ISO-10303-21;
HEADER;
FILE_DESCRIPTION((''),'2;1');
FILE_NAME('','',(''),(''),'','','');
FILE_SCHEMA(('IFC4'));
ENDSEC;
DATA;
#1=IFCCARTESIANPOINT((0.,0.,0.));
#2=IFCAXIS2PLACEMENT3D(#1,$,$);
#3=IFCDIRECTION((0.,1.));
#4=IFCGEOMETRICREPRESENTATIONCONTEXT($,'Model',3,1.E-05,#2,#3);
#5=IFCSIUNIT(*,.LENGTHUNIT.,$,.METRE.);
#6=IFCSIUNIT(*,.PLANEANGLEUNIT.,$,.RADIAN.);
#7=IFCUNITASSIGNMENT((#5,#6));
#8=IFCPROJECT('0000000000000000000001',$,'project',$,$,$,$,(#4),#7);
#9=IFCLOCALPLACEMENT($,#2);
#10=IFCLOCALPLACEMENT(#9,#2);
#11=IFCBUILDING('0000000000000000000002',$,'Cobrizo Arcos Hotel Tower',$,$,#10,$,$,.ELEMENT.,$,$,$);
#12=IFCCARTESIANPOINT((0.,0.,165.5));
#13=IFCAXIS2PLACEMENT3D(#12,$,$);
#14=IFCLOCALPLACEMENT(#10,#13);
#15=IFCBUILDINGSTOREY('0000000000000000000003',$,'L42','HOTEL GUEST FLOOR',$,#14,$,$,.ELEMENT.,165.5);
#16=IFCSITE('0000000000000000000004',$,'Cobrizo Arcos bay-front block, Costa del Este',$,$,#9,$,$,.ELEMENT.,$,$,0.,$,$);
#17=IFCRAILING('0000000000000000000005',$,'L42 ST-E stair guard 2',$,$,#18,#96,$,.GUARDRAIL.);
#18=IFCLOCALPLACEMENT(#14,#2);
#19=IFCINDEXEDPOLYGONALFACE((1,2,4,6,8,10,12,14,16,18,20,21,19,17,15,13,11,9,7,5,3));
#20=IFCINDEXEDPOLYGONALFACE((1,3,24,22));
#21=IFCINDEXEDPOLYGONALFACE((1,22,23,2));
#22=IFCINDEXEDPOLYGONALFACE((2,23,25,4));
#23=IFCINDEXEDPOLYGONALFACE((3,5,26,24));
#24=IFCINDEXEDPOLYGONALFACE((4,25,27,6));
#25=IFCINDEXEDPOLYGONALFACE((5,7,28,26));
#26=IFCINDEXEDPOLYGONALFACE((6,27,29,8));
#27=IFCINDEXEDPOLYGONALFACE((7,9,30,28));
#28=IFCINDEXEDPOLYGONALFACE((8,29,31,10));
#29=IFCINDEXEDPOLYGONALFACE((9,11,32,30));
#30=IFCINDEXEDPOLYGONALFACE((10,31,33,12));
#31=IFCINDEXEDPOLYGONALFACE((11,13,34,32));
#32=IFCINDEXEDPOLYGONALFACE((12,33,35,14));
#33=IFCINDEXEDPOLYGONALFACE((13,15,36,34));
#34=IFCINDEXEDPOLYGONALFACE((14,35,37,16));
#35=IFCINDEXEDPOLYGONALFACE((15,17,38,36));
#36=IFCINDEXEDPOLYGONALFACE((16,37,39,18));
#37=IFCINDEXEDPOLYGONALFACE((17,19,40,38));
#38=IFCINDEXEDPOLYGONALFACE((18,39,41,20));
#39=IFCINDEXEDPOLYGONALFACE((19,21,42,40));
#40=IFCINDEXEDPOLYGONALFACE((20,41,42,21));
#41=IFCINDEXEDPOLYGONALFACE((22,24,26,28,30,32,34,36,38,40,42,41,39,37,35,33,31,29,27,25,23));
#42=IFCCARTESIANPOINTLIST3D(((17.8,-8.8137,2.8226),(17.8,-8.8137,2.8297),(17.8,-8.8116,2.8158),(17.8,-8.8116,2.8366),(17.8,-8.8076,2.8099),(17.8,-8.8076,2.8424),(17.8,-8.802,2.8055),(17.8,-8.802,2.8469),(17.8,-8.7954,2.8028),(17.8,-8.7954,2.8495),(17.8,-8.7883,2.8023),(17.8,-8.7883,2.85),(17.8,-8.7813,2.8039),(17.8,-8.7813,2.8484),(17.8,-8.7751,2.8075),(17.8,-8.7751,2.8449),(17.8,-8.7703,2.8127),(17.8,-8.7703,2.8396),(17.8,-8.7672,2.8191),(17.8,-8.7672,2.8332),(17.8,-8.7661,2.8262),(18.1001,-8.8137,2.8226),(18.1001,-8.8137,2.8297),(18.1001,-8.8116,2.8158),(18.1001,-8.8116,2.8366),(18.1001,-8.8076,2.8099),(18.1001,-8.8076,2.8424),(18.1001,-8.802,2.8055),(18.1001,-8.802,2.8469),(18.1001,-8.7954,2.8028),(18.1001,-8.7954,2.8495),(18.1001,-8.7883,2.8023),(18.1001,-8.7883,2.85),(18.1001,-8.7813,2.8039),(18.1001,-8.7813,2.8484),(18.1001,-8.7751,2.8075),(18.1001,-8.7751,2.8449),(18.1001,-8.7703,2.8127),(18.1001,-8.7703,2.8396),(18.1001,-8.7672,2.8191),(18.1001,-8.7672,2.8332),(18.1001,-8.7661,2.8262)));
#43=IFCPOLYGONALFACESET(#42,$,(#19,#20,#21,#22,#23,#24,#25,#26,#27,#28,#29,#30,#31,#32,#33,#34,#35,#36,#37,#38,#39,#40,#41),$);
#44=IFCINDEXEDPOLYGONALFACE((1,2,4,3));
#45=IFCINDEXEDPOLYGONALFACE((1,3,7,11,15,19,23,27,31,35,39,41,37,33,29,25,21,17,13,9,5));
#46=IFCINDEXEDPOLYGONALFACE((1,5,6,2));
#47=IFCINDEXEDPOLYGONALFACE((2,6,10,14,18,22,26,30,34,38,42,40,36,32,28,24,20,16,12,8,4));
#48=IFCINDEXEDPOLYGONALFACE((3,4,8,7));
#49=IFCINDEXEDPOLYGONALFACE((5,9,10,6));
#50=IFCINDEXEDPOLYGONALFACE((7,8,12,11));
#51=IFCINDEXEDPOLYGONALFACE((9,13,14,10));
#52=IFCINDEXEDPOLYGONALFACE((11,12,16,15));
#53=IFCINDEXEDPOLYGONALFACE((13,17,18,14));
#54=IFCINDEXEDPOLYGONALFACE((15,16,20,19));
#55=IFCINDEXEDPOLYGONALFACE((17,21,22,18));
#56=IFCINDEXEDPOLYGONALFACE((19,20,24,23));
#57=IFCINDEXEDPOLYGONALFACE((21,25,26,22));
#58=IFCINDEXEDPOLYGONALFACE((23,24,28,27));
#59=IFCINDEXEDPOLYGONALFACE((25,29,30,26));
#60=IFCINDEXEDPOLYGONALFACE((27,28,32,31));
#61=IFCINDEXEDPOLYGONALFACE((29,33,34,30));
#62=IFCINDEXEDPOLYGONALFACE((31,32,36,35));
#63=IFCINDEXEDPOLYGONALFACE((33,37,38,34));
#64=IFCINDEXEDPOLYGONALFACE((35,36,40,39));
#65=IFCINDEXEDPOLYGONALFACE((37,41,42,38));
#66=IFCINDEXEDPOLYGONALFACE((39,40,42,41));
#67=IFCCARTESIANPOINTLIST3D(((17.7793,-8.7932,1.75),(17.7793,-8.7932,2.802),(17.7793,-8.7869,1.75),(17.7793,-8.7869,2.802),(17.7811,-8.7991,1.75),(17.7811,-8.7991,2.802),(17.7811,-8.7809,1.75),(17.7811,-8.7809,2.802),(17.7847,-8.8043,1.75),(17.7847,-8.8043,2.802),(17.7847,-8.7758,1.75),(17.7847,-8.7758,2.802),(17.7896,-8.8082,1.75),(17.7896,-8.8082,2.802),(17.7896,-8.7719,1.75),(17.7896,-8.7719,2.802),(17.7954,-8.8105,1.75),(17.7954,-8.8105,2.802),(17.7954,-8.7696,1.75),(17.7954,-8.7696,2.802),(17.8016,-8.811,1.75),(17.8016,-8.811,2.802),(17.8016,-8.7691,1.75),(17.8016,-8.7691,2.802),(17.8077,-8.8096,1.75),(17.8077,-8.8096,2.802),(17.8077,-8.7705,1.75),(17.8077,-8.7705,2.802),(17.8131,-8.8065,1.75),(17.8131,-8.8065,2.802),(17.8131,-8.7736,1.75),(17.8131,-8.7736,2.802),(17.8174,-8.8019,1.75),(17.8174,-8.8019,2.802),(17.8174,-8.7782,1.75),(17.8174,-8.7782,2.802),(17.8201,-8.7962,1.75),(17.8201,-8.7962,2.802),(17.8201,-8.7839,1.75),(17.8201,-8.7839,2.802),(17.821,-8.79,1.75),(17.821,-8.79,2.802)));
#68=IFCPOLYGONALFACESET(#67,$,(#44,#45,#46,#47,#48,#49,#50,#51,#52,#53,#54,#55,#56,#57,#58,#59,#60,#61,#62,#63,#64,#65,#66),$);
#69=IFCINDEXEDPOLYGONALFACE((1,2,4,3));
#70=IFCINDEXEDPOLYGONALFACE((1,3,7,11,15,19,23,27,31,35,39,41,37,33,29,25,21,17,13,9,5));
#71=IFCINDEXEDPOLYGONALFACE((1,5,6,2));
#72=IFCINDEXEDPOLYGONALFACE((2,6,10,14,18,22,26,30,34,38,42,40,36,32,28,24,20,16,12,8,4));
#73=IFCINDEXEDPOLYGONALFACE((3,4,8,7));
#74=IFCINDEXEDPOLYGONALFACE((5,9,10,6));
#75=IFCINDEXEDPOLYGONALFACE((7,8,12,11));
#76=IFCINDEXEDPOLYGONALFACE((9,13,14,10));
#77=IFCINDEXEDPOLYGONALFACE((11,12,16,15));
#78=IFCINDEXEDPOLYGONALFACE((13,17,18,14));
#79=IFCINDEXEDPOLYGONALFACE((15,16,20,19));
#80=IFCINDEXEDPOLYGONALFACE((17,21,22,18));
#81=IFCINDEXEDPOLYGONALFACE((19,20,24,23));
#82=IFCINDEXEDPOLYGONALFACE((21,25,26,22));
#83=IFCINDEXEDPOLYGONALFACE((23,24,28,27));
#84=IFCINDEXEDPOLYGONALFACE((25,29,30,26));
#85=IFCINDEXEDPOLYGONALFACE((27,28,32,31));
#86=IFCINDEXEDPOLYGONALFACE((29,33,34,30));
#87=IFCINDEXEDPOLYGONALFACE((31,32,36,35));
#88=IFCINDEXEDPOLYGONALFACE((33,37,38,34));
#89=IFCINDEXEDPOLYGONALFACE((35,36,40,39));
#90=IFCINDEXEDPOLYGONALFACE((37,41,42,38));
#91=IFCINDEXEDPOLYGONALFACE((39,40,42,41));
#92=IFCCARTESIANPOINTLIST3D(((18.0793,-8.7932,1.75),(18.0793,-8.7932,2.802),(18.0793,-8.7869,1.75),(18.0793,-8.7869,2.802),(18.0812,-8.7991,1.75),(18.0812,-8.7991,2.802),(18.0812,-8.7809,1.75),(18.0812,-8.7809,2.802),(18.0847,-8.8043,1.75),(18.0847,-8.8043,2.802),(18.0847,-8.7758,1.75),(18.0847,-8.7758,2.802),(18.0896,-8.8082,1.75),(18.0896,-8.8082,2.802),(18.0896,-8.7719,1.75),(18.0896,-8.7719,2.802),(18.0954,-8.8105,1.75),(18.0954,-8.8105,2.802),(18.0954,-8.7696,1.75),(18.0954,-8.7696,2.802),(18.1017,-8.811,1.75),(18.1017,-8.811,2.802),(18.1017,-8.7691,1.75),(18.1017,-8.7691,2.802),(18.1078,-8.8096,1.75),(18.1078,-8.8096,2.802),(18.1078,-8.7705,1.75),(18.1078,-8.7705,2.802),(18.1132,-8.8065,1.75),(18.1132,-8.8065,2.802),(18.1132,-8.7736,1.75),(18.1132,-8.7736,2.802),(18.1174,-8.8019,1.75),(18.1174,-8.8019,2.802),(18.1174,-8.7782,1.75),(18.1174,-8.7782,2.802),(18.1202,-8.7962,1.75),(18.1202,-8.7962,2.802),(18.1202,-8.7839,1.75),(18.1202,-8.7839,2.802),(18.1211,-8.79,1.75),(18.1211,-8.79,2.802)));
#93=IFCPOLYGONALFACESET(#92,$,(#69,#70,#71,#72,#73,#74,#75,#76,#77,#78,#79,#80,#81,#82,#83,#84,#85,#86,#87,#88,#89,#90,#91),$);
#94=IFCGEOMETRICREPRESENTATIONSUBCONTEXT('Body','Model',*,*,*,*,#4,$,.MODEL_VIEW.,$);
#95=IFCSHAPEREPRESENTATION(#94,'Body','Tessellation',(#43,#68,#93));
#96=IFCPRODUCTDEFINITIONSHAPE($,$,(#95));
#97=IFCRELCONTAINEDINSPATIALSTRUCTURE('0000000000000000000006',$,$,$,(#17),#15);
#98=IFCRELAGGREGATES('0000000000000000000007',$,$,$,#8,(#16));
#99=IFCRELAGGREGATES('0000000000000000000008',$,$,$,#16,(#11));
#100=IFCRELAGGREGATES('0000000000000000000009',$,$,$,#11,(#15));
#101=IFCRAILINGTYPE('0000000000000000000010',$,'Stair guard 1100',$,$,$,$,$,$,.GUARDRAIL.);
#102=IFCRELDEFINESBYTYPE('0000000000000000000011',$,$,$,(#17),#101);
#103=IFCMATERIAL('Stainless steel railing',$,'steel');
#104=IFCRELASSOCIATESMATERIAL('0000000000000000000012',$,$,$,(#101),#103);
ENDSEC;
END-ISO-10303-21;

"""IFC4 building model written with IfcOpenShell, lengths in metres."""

from ifc_helpers import new_model, si_unit, direction, frame, origin, origin_2d, place, context, subcontext, project, spatial, circle, extrude, material, type_object, element, save


model = new_model("IFC4")

# Units and contexts
model_context = context("Model", 3, precision=1e-05, world=origin(), true_north=direction((0.0, 1.0)))
body_context = subcontext(model_context, "Body", "Model", "MODEL_VIEW")
ifc_project = project(units=[si_unit("LENGTHUNIT", "METRE"), si_unit("PLANEANGLEUNIT", "RADIAN")], contexts=[model_context])

# Site, building, storey
site_placement = place(None, origin())
site = spatial("IfcSite", under=ifc_project, at=site_placement, Name="Cobrizo Arcos bay-front block, Costa del Este", CompositionType="ELEMENT", RefElevation=0.0)
building_placement = place(site_placement, origin())
building = spatial("IfcBuilding", under=site, at=building_placement, Name="Cobrizo Arcos Hotel Tower", CompositionType="ELEMENT")
storey_placement = place(building_placement, frame((0.0, 0.0, 165.5)))
storey = spatial("IfcBuildingStorey", under=building, at=storey_placement, Name="L42", Description="HOTEL GUEST FLOOR", CompositionType="ELEMENT", Elevation=165.5)

# Railing
ifc_material_1 = material(Name="Stainless steel railing", Category="steel")
railing_type_1 = type_object("IfcRailingType", Name="Stair guard 1100", PredefinedType="GUARDRAIL", material=ifc_material_1)
railing_1_placement = place(storey_placement, frame((17.8, -8.79, 1.75)))
element("IfcRailing", 1, at=railing_1_placement, inside=storey, type_object=railing_type_1, Name="L42 ST-E stair guard 2", PredefinedType="GUARDRAIL", context=body_context, shape_type="SweptSolid", body=[
    extrude(circle(Radius=0.0239, at=origin_2d()), frame((0.0, 0.0, 1.0762), z_axis=(1.0, 0.0, 0.0), x_axis=(0.0, 1.0, 0.0)), (0.0, 0.0, 1.0), 0.3),
    extrude(circle(Radius=0.021, at=origin_2d()), origin(), (0.0, 0.0, 1.0), 1.052),
    extrude(circle(Radius=0.021, at=origin_2d()), frame((0.3, 0.0, 0.0)), (0.0, 0.0, 1.0), 1.052),
])

save(model, "model.ifc")
